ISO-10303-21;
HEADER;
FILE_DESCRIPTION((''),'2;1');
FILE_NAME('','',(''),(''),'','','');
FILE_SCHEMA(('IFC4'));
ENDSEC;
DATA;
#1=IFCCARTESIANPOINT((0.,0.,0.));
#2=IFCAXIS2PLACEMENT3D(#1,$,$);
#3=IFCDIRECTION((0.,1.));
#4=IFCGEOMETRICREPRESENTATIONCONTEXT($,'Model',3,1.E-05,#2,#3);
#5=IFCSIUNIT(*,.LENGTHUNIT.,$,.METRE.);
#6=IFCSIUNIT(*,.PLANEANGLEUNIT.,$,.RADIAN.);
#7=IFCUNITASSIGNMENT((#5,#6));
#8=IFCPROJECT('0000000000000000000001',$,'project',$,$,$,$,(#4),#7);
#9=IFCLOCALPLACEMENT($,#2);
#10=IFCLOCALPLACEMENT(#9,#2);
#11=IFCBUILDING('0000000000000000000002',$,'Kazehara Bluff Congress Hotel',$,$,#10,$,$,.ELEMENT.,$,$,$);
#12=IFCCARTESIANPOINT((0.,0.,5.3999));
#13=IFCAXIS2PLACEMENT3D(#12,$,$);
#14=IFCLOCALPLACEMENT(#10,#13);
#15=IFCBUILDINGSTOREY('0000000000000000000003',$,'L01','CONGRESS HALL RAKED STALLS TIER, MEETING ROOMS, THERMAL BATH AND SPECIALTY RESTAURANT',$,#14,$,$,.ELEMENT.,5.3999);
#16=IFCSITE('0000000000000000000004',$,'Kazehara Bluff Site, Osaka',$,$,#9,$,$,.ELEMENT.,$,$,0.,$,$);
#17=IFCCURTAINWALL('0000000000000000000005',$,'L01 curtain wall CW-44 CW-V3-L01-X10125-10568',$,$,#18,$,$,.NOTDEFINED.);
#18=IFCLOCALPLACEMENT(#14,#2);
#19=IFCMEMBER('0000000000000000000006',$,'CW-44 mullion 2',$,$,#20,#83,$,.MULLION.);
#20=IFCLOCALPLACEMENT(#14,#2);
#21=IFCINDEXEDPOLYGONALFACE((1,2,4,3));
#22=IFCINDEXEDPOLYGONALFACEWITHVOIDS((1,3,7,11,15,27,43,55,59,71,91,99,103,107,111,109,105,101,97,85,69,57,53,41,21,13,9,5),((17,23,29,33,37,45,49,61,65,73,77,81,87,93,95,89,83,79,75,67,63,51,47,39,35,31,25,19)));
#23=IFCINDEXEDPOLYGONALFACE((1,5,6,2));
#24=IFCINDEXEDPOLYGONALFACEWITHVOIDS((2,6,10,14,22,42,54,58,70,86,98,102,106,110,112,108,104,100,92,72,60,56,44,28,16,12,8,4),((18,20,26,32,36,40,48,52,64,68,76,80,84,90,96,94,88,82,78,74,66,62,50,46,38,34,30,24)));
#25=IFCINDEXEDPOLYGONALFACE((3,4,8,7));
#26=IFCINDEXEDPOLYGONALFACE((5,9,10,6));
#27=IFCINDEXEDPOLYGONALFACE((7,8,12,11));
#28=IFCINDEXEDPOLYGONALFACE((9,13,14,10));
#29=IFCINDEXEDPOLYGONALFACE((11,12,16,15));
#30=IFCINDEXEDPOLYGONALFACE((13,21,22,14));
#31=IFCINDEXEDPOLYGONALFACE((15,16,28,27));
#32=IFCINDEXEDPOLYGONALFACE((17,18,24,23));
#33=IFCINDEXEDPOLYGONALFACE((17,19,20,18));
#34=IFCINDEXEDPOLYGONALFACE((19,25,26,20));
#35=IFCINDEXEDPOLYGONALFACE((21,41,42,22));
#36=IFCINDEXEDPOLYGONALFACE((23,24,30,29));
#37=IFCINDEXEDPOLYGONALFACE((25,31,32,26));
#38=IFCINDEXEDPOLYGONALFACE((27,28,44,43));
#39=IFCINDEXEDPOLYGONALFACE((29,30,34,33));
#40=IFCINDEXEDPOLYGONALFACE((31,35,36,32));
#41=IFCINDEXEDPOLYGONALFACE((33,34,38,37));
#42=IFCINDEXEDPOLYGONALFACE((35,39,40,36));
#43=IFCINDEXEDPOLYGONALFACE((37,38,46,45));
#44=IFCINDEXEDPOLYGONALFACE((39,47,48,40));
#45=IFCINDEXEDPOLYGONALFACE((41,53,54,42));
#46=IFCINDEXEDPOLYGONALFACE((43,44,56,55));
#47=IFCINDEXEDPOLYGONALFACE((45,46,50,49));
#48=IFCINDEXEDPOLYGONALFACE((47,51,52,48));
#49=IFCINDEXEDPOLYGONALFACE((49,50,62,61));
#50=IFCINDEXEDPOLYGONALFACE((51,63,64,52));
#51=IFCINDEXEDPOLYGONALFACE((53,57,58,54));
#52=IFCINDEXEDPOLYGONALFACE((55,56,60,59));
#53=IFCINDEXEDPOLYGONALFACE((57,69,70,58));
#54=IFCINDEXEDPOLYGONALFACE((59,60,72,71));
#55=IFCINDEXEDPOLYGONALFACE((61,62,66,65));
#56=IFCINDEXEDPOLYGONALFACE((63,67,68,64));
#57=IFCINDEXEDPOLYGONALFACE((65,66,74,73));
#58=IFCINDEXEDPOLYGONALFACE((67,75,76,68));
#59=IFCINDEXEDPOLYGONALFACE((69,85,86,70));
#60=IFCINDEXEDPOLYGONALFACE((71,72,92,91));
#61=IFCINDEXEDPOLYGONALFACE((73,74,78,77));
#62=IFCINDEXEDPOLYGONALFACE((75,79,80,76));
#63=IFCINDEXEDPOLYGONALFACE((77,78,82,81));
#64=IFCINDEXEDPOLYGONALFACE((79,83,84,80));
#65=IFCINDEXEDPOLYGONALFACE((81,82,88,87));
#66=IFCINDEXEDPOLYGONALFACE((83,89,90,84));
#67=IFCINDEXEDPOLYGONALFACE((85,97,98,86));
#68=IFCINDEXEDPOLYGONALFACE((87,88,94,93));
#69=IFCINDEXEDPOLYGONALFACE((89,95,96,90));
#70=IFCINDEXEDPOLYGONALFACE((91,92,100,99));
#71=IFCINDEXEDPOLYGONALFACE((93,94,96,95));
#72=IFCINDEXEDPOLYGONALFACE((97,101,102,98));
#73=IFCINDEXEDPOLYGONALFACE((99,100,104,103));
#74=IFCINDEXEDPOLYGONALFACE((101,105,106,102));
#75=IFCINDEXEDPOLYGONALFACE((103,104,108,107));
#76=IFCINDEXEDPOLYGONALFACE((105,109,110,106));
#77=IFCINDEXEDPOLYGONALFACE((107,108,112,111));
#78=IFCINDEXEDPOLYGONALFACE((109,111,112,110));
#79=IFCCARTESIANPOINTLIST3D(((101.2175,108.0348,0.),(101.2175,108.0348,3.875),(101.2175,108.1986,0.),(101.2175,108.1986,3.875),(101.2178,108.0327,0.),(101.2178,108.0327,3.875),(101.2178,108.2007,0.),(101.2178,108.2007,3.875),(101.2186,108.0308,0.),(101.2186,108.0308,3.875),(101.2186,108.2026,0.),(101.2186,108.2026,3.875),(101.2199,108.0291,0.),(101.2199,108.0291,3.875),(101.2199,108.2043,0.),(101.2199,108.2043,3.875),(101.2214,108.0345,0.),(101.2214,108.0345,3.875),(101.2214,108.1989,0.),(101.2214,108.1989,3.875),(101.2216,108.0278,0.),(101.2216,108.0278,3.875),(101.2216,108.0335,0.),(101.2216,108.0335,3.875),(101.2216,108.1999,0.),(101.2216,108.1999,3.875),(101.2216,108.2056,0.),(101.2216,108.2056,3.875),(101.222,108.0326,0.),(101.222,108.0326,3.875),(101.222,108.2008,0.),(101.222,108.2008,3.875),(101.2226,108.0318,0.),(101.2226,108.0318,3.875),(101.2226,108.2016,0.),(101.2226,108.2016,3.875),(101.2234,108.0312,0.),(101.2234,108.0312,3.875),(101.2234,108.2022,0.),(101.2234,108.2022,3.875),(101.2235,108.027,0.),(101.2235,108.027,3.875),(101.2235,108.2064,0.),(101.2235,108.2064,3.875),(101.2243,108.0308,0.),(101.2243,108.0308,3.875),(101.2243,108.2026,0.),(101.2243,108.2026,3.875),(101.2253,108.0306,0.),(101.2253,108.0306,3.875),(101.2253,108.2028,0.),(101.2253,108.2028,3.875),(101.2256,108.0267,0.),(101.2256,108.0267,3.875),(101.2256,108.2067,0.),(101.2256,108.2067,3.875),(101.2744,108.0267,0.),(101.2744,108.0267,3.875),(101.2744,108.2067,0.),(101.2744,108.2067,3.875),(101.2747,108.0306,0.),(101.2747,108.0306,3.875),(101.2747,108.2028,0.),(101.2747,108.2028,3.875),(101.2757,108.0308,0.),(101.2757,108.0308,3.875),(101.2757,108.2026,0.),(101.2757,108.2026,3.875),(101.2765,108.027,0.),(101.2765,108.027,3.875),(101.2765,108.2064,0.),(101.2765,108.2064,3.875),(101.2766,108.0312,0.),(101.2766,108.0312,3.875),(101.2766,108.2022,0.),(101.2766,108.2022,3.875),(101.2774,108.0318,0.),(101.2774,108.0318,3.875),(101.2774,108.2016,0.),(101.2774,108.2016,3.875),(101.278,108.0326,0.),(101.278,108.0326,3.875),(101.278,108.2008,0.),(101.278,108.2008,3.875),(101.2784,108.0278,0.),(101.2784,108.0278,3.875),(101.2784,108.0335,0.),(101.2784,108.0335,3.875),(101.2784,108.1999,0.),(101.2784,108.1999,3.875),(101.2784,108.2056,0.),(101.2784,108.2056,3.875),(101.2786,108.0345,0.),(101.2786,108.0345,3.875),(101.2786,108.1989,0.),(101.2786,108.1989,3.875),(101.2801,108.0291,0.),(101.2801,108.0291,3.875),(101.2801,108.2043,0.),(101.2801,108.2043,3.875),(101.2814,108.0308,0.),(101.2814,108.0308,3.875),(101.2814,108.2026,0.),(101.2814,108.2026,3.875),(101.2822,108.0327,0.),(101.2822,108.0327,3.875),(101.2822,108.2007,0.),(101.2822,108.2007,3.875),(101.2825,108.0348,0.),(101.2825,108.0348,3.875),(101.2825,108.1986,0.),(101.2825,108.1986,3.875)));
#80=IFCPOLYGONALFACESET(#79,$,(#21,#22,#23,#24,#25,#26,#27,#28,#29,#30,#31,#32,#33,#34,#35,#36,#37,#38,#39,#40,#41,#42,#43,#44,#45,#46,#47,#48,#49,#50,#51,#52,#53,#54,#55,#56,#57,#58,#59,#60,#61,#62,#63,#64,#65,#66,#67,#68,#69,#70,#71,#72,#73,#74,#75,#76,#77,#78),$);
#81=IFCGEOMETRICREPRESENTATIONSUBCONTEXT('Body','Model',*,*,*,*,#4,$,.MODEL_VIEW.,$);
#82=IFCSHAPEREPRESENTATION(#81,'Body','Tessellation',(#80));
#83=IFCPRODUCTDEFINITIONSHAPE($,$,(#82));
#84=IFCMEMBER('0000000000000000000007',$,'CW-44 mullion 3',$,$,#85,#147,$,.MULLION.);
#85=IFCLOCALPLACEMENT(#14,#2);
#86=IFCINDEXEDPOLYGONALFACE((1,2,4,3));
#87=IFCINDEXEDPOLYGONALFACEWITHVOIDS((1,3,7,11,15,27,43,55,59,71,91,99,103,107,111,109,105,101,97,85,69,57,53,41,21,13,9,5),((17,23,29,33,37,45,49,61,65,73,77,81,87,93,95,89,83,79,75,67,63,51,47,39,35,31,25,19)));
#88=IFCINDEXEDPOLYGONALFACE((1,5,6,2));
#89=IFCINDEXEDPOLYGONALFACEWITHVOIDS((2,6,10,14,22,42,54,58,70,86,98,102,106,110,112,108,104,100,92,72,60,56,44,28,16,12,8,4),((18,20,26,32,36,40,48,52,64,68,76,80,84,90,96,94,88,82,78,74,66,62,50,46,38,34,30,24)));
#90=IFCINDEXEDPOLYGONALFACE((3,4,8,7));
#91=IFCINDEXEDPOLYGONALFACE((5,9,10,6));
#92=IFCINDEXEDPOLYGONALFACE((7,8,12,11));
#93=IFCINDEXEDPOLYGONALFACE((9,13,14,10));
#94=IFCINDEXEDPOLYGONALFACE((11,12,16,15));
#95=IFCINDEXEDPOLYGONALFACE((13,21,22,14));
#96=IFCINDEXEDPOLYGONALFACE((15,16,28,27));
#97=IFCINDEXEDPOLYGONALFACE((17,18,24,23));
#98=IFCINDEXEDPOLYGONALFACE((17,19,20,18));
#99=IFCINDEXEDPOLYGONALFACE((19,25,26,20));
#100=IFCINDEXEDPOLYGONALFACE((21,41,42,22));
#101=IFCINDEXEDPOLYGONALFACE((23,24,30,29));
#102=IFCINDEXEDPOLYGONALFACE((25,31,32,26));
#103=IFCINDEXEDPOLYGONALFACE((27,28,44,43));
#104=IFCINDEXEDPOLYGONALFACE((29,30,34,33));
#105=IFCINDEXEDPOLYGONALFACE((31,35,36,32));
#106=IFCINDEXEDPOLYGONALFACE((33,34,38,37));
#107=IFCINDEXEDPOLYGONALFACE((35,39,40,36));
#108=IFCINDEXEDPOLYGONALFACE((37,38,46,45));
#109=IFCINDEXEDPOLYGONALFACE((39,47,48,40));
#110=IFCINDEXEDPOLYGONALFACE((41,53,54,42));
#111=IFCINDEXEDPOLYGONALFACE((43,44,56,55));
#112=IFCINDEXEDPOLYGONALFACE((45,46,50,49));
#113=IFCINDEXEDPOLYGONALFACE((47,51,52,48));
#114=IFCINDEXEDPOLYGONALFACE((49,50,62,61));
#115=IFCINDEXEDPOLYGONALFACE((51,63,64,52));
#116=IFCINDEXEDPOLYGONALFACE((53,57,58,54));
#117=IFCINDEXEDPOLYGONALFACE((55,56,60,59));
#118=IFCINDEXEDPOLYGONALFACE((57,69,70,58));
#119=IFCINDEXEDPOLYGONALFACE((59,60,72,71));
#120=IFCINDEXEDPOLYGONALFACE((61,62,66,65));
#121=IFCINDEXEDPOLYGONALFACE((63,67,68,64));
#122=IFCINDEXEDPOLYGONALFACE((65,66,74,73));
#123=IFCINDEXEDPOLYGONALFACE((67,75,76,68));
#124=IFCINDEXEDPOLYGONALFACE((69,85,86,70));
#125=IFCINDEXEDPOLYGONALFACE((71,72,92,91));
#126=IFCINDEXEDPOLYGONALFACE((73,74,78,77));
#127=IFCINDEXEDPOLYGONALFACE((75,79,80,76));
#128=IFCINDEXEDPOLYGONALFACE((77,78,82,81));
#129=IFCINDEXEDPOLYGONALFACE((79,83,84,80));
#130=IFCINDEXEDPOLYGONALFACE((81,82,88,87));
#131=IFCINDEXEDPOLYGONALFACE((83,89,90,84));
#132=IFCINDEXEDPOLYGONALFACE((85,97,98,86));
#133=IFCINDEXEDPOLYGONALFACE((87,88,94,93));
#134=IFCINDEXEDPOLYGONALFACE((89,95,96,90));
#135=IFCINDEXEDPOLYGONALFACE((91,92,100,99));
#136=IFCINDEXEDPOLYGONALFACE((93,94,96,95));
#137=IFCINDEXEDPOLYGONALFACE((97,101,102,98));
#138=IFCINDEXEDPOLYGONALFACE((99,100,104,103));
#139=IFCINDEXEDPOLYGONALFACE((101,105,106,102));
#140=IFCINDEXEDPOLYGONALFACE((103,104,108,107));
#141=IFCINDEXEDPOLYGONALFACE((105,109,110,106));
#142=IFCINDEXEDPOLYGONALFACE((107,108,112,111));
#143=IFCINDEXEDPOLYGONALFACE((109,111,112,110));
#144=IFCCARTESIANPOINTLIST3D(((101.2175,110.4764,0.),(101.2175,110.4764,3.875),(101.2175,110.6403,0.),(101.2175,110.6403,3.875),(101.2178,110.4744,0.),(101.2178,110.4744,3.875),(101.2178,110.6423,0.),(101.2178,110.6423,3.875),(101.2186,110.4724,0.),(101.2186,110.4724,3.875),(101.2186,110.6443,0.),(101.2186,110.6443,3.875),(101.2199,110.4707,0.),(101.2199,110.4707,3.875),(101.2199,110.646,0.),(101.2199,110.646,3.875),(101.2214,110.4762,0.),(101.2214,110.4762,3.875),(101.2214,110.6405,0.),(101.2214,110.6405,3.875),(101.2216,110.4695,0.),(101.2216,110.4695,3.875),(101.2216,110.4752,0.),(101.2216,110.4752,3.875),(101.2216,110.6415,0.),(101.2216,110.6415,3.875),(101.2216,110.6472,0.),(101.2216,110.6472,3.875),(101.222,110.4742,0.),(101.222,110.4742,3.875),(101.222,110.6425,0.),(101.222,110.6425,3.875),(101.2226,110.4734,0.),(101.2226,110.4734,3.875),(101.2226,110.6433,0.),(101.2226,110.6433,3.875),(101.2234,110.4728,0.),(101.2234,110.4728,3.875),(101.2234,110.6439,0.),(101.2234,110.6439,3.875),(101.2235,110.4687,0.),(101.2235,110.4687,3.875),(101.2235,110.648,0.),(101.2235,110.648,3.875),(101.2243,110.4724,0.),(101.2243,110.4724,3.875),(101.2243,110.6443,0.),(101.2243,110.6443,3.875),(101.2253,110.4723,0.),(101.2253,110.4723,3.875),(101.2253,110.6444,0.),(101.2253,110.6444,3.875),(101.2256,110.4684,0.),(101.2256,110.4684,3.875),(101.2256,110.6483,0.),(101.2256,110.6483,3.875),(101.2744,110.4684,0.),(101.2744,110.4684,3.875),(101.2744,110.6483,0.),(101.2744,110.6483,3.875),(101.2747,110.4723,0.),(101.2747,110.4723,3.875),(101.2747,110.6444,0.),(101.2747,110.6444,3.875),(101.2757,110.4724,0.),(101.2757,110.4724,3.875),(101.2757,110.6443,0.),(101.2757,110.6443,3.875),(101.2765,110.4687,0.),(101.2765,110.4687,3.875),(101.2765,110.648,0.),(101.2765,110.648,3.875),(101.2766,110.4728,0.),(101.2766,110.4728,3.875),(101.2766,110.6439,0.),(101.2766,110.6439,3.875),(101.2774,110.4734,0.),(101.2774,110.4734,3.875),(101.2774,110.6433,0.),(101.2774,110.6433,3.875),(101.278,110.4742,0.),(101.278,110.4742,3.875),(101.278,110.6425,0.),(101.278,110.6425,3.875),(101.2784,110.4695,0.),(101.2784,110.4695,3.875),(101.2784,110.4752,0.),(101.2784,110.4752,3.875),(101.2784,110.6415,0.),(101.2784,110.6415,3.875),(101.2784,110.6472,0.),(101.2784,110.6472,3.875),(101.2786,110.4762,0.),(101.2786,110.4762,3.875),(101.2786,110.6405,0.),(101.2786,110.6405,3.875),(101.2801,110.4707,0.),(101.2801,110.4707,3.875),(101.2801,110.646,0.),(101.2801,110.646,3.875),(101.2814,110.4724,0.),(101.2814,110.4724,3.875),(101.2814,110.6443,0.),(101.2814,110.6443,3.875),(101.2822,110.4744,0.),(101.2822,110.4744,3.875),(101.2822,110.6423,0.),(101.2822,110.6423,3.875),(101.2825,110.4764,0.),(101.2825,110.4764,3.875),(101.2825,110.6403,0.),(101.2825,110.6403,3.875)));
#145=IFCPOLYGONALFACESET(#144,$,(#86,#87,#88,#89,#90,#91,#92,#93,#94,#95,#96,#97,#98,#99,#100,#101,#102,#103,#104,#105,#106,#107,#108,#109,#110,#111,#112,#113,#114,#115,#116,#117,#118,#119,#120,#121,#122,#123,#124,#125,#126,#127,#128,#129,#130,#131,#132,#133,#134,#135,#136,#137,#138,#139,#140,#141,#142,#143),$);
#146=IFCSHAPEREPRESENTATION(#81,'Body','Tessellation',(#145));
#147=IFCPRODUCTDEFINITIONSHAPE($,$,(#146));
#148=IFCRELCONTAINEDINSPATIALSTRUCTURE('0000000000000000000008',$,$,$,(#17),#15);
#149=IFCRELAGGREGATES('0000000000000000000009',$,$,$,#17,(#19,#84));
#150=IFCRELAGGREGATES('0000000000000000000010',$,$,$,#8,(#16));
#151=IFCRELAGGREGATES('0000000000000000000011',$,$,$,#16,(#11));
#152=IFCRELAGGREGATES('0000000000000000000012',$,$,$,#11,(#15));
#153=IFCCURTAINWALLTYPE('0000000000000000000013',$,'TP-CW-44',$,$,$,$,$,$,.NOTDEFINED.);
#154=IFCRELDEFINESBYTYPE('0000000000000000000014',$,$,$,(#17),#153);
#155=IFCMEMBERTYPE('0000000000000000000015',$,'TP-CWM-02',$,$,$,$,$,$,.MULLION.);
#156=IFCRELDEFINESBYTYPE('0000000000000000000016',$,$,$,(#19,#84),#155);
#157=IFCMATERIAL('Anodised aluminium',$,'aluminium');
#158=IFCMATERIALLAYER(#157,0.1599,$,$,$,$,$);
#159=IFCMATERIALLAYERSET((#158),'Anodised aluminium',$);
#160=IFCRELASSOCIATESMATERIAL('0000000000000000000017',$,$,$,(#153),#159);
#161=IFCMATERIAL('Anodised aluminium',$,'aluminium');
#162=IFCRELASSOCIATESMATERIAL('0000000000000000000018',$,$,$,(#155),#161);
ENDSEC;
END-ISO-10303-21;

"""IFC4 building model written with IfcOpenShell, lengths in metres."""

from ifc_helpers import new_model, si_unit, direction, frame, origin, origin_2d, place, context, subcontext, project, spatial, hollow_rectangle, extrude, material, layer, layer_set, material_profile, profile_set, type_object, element, aggregate, save


model = new_model("IFC4")

# Units and contexts
model_context = context("Model", 3, precision=1e-05, world=origin(), true_north=direction((0.0, 1.0)))
body_context = subcontext(model_context, "Body", "Model", "MODEL_VIEW")
ifc_project = project(units=[si_unit("LENGTHUNIT", "METRE"), si_unit("PLANEANGLEUNIT", "RADIAN")], contexts=[model_context])

# Site, building, storey
site_placement = place(None, origin())
site = spatial("IfcSite", under=ifc_project, at=site_placement, Name="Kazehara Bluff Site, Osaka", CompositionType="ELEMENT", RefElevation=0.0)
building_placement = place(site_placement, origin())
building = spatial("IfcBuilding", under=site, at=building_placement, Name="Kazehara Bluff Congress Hotel", CompositionType="ELEMENT")
storey_placement = place(building_placement, frame((0.0, 0.0, 5.3999)))
storey = spatial("IfcBuildingStorey", under=building, at=storey_placement, Name="L01", Description="CONGRESS HALL RAKED STALLS TIER, MEETING ROOMS, THERMAL BATH AND SPECIALTY RESTAURANT", CompositionType="ELEMENT", Elevation=5.3999)

# Curtain wall, members
ifc_material_1 = material(Name="Anodised aluminium", Category="aluminium")
ifc_layer_1 = layer(ifc_material_1, 0.1599)
ifc_layer_set_1 = layer_set([ifc_layer_1], Name="Anodised aluminium")
curtain_wall_type = type_object("IfcCurtainWallType", Name="TP-CW-44", PredefinedType="NOTDEFINED", material=ifc_layer_set_1)
curtain_wall_placement = place(storey_placement, origin())
curtain_wall = element("IfcCurtainWall", 1, at=curtain_wall_placement, inside=storey, type_object=curtain_wall_type, Name="L01 curtain wall CW-44 CW-V3-L01-X10125-10568", PredefinedType="NOTDEFINED")
ifc_material_2 = material(Name="Anodised aluminium", Category="aluminium")
ifc_material_profile_1 = material_profile(ifc_material_2, hollow_rectangle(XDim=0.0649, YDim=0.1799, WallThickness=0.0039, InnerFilletRadius=0.0039, OuterFilletRadius=0.0081, at=origin_2d()))
ifc_profile_set_1 = profile_set([ifc_material_profile_1], Name="Anodised aluminium")
member_type_1 = type_object("IfcMemberType", Name="TP-CWM-02", PredefinedType="MULLION", material=ifc_profile_set_1)
member_1_placement = place(storey_placement, frame((101.25, 108.1167, 0.0), z_axis=(0.0, 0.0, 1.0), x_axis=(-1.0, 0.0, 0.0)))
member_1 = element("IfcMember", 2, at=member_1_placement, type_object=member_type_1, Name="CW-44 mullion 2", PredefinedType="MULLION", context=body_context, shape_type="SweptSolid", body=[
    extrude(hollow_rectangle(XDim=0.0649, YDim=0.1799, WallThickness=0.0039, InnerFilletRadius=0.0039, OuterFilletRadius=0.0081, at=origin_2d()), origin(), (0.0, 0.0, 1.0), 3.875),
])
member_2_placement = place(storey_placement, frame((101.25, 110.5583, 0.0), z_axis=(0.0, 0.0, 1.0), x_axis=(-1.0, 0.0, 0.0)))
member_2 = element("IfcMember", 3, at=member_2_placement, type_object=member_type_1, Name="CW-44 mullion 3", PredefinedType="MULLION", context=body_context, shape_type="SweptSolid", body=[
    extrude(hollow_rectangle(XDim=0.0649, YDim=0.1799, WallThickness=0.0039, InnerFilletRadius=0.0039, OuterFilletRadius=0.0081, at=origin_2d()), origin(), (0.0, 0.0, 1.0), 3.875),
])

aggregate(curtain_wall, [member_1, member_2])

save(model, "model.ifc")
